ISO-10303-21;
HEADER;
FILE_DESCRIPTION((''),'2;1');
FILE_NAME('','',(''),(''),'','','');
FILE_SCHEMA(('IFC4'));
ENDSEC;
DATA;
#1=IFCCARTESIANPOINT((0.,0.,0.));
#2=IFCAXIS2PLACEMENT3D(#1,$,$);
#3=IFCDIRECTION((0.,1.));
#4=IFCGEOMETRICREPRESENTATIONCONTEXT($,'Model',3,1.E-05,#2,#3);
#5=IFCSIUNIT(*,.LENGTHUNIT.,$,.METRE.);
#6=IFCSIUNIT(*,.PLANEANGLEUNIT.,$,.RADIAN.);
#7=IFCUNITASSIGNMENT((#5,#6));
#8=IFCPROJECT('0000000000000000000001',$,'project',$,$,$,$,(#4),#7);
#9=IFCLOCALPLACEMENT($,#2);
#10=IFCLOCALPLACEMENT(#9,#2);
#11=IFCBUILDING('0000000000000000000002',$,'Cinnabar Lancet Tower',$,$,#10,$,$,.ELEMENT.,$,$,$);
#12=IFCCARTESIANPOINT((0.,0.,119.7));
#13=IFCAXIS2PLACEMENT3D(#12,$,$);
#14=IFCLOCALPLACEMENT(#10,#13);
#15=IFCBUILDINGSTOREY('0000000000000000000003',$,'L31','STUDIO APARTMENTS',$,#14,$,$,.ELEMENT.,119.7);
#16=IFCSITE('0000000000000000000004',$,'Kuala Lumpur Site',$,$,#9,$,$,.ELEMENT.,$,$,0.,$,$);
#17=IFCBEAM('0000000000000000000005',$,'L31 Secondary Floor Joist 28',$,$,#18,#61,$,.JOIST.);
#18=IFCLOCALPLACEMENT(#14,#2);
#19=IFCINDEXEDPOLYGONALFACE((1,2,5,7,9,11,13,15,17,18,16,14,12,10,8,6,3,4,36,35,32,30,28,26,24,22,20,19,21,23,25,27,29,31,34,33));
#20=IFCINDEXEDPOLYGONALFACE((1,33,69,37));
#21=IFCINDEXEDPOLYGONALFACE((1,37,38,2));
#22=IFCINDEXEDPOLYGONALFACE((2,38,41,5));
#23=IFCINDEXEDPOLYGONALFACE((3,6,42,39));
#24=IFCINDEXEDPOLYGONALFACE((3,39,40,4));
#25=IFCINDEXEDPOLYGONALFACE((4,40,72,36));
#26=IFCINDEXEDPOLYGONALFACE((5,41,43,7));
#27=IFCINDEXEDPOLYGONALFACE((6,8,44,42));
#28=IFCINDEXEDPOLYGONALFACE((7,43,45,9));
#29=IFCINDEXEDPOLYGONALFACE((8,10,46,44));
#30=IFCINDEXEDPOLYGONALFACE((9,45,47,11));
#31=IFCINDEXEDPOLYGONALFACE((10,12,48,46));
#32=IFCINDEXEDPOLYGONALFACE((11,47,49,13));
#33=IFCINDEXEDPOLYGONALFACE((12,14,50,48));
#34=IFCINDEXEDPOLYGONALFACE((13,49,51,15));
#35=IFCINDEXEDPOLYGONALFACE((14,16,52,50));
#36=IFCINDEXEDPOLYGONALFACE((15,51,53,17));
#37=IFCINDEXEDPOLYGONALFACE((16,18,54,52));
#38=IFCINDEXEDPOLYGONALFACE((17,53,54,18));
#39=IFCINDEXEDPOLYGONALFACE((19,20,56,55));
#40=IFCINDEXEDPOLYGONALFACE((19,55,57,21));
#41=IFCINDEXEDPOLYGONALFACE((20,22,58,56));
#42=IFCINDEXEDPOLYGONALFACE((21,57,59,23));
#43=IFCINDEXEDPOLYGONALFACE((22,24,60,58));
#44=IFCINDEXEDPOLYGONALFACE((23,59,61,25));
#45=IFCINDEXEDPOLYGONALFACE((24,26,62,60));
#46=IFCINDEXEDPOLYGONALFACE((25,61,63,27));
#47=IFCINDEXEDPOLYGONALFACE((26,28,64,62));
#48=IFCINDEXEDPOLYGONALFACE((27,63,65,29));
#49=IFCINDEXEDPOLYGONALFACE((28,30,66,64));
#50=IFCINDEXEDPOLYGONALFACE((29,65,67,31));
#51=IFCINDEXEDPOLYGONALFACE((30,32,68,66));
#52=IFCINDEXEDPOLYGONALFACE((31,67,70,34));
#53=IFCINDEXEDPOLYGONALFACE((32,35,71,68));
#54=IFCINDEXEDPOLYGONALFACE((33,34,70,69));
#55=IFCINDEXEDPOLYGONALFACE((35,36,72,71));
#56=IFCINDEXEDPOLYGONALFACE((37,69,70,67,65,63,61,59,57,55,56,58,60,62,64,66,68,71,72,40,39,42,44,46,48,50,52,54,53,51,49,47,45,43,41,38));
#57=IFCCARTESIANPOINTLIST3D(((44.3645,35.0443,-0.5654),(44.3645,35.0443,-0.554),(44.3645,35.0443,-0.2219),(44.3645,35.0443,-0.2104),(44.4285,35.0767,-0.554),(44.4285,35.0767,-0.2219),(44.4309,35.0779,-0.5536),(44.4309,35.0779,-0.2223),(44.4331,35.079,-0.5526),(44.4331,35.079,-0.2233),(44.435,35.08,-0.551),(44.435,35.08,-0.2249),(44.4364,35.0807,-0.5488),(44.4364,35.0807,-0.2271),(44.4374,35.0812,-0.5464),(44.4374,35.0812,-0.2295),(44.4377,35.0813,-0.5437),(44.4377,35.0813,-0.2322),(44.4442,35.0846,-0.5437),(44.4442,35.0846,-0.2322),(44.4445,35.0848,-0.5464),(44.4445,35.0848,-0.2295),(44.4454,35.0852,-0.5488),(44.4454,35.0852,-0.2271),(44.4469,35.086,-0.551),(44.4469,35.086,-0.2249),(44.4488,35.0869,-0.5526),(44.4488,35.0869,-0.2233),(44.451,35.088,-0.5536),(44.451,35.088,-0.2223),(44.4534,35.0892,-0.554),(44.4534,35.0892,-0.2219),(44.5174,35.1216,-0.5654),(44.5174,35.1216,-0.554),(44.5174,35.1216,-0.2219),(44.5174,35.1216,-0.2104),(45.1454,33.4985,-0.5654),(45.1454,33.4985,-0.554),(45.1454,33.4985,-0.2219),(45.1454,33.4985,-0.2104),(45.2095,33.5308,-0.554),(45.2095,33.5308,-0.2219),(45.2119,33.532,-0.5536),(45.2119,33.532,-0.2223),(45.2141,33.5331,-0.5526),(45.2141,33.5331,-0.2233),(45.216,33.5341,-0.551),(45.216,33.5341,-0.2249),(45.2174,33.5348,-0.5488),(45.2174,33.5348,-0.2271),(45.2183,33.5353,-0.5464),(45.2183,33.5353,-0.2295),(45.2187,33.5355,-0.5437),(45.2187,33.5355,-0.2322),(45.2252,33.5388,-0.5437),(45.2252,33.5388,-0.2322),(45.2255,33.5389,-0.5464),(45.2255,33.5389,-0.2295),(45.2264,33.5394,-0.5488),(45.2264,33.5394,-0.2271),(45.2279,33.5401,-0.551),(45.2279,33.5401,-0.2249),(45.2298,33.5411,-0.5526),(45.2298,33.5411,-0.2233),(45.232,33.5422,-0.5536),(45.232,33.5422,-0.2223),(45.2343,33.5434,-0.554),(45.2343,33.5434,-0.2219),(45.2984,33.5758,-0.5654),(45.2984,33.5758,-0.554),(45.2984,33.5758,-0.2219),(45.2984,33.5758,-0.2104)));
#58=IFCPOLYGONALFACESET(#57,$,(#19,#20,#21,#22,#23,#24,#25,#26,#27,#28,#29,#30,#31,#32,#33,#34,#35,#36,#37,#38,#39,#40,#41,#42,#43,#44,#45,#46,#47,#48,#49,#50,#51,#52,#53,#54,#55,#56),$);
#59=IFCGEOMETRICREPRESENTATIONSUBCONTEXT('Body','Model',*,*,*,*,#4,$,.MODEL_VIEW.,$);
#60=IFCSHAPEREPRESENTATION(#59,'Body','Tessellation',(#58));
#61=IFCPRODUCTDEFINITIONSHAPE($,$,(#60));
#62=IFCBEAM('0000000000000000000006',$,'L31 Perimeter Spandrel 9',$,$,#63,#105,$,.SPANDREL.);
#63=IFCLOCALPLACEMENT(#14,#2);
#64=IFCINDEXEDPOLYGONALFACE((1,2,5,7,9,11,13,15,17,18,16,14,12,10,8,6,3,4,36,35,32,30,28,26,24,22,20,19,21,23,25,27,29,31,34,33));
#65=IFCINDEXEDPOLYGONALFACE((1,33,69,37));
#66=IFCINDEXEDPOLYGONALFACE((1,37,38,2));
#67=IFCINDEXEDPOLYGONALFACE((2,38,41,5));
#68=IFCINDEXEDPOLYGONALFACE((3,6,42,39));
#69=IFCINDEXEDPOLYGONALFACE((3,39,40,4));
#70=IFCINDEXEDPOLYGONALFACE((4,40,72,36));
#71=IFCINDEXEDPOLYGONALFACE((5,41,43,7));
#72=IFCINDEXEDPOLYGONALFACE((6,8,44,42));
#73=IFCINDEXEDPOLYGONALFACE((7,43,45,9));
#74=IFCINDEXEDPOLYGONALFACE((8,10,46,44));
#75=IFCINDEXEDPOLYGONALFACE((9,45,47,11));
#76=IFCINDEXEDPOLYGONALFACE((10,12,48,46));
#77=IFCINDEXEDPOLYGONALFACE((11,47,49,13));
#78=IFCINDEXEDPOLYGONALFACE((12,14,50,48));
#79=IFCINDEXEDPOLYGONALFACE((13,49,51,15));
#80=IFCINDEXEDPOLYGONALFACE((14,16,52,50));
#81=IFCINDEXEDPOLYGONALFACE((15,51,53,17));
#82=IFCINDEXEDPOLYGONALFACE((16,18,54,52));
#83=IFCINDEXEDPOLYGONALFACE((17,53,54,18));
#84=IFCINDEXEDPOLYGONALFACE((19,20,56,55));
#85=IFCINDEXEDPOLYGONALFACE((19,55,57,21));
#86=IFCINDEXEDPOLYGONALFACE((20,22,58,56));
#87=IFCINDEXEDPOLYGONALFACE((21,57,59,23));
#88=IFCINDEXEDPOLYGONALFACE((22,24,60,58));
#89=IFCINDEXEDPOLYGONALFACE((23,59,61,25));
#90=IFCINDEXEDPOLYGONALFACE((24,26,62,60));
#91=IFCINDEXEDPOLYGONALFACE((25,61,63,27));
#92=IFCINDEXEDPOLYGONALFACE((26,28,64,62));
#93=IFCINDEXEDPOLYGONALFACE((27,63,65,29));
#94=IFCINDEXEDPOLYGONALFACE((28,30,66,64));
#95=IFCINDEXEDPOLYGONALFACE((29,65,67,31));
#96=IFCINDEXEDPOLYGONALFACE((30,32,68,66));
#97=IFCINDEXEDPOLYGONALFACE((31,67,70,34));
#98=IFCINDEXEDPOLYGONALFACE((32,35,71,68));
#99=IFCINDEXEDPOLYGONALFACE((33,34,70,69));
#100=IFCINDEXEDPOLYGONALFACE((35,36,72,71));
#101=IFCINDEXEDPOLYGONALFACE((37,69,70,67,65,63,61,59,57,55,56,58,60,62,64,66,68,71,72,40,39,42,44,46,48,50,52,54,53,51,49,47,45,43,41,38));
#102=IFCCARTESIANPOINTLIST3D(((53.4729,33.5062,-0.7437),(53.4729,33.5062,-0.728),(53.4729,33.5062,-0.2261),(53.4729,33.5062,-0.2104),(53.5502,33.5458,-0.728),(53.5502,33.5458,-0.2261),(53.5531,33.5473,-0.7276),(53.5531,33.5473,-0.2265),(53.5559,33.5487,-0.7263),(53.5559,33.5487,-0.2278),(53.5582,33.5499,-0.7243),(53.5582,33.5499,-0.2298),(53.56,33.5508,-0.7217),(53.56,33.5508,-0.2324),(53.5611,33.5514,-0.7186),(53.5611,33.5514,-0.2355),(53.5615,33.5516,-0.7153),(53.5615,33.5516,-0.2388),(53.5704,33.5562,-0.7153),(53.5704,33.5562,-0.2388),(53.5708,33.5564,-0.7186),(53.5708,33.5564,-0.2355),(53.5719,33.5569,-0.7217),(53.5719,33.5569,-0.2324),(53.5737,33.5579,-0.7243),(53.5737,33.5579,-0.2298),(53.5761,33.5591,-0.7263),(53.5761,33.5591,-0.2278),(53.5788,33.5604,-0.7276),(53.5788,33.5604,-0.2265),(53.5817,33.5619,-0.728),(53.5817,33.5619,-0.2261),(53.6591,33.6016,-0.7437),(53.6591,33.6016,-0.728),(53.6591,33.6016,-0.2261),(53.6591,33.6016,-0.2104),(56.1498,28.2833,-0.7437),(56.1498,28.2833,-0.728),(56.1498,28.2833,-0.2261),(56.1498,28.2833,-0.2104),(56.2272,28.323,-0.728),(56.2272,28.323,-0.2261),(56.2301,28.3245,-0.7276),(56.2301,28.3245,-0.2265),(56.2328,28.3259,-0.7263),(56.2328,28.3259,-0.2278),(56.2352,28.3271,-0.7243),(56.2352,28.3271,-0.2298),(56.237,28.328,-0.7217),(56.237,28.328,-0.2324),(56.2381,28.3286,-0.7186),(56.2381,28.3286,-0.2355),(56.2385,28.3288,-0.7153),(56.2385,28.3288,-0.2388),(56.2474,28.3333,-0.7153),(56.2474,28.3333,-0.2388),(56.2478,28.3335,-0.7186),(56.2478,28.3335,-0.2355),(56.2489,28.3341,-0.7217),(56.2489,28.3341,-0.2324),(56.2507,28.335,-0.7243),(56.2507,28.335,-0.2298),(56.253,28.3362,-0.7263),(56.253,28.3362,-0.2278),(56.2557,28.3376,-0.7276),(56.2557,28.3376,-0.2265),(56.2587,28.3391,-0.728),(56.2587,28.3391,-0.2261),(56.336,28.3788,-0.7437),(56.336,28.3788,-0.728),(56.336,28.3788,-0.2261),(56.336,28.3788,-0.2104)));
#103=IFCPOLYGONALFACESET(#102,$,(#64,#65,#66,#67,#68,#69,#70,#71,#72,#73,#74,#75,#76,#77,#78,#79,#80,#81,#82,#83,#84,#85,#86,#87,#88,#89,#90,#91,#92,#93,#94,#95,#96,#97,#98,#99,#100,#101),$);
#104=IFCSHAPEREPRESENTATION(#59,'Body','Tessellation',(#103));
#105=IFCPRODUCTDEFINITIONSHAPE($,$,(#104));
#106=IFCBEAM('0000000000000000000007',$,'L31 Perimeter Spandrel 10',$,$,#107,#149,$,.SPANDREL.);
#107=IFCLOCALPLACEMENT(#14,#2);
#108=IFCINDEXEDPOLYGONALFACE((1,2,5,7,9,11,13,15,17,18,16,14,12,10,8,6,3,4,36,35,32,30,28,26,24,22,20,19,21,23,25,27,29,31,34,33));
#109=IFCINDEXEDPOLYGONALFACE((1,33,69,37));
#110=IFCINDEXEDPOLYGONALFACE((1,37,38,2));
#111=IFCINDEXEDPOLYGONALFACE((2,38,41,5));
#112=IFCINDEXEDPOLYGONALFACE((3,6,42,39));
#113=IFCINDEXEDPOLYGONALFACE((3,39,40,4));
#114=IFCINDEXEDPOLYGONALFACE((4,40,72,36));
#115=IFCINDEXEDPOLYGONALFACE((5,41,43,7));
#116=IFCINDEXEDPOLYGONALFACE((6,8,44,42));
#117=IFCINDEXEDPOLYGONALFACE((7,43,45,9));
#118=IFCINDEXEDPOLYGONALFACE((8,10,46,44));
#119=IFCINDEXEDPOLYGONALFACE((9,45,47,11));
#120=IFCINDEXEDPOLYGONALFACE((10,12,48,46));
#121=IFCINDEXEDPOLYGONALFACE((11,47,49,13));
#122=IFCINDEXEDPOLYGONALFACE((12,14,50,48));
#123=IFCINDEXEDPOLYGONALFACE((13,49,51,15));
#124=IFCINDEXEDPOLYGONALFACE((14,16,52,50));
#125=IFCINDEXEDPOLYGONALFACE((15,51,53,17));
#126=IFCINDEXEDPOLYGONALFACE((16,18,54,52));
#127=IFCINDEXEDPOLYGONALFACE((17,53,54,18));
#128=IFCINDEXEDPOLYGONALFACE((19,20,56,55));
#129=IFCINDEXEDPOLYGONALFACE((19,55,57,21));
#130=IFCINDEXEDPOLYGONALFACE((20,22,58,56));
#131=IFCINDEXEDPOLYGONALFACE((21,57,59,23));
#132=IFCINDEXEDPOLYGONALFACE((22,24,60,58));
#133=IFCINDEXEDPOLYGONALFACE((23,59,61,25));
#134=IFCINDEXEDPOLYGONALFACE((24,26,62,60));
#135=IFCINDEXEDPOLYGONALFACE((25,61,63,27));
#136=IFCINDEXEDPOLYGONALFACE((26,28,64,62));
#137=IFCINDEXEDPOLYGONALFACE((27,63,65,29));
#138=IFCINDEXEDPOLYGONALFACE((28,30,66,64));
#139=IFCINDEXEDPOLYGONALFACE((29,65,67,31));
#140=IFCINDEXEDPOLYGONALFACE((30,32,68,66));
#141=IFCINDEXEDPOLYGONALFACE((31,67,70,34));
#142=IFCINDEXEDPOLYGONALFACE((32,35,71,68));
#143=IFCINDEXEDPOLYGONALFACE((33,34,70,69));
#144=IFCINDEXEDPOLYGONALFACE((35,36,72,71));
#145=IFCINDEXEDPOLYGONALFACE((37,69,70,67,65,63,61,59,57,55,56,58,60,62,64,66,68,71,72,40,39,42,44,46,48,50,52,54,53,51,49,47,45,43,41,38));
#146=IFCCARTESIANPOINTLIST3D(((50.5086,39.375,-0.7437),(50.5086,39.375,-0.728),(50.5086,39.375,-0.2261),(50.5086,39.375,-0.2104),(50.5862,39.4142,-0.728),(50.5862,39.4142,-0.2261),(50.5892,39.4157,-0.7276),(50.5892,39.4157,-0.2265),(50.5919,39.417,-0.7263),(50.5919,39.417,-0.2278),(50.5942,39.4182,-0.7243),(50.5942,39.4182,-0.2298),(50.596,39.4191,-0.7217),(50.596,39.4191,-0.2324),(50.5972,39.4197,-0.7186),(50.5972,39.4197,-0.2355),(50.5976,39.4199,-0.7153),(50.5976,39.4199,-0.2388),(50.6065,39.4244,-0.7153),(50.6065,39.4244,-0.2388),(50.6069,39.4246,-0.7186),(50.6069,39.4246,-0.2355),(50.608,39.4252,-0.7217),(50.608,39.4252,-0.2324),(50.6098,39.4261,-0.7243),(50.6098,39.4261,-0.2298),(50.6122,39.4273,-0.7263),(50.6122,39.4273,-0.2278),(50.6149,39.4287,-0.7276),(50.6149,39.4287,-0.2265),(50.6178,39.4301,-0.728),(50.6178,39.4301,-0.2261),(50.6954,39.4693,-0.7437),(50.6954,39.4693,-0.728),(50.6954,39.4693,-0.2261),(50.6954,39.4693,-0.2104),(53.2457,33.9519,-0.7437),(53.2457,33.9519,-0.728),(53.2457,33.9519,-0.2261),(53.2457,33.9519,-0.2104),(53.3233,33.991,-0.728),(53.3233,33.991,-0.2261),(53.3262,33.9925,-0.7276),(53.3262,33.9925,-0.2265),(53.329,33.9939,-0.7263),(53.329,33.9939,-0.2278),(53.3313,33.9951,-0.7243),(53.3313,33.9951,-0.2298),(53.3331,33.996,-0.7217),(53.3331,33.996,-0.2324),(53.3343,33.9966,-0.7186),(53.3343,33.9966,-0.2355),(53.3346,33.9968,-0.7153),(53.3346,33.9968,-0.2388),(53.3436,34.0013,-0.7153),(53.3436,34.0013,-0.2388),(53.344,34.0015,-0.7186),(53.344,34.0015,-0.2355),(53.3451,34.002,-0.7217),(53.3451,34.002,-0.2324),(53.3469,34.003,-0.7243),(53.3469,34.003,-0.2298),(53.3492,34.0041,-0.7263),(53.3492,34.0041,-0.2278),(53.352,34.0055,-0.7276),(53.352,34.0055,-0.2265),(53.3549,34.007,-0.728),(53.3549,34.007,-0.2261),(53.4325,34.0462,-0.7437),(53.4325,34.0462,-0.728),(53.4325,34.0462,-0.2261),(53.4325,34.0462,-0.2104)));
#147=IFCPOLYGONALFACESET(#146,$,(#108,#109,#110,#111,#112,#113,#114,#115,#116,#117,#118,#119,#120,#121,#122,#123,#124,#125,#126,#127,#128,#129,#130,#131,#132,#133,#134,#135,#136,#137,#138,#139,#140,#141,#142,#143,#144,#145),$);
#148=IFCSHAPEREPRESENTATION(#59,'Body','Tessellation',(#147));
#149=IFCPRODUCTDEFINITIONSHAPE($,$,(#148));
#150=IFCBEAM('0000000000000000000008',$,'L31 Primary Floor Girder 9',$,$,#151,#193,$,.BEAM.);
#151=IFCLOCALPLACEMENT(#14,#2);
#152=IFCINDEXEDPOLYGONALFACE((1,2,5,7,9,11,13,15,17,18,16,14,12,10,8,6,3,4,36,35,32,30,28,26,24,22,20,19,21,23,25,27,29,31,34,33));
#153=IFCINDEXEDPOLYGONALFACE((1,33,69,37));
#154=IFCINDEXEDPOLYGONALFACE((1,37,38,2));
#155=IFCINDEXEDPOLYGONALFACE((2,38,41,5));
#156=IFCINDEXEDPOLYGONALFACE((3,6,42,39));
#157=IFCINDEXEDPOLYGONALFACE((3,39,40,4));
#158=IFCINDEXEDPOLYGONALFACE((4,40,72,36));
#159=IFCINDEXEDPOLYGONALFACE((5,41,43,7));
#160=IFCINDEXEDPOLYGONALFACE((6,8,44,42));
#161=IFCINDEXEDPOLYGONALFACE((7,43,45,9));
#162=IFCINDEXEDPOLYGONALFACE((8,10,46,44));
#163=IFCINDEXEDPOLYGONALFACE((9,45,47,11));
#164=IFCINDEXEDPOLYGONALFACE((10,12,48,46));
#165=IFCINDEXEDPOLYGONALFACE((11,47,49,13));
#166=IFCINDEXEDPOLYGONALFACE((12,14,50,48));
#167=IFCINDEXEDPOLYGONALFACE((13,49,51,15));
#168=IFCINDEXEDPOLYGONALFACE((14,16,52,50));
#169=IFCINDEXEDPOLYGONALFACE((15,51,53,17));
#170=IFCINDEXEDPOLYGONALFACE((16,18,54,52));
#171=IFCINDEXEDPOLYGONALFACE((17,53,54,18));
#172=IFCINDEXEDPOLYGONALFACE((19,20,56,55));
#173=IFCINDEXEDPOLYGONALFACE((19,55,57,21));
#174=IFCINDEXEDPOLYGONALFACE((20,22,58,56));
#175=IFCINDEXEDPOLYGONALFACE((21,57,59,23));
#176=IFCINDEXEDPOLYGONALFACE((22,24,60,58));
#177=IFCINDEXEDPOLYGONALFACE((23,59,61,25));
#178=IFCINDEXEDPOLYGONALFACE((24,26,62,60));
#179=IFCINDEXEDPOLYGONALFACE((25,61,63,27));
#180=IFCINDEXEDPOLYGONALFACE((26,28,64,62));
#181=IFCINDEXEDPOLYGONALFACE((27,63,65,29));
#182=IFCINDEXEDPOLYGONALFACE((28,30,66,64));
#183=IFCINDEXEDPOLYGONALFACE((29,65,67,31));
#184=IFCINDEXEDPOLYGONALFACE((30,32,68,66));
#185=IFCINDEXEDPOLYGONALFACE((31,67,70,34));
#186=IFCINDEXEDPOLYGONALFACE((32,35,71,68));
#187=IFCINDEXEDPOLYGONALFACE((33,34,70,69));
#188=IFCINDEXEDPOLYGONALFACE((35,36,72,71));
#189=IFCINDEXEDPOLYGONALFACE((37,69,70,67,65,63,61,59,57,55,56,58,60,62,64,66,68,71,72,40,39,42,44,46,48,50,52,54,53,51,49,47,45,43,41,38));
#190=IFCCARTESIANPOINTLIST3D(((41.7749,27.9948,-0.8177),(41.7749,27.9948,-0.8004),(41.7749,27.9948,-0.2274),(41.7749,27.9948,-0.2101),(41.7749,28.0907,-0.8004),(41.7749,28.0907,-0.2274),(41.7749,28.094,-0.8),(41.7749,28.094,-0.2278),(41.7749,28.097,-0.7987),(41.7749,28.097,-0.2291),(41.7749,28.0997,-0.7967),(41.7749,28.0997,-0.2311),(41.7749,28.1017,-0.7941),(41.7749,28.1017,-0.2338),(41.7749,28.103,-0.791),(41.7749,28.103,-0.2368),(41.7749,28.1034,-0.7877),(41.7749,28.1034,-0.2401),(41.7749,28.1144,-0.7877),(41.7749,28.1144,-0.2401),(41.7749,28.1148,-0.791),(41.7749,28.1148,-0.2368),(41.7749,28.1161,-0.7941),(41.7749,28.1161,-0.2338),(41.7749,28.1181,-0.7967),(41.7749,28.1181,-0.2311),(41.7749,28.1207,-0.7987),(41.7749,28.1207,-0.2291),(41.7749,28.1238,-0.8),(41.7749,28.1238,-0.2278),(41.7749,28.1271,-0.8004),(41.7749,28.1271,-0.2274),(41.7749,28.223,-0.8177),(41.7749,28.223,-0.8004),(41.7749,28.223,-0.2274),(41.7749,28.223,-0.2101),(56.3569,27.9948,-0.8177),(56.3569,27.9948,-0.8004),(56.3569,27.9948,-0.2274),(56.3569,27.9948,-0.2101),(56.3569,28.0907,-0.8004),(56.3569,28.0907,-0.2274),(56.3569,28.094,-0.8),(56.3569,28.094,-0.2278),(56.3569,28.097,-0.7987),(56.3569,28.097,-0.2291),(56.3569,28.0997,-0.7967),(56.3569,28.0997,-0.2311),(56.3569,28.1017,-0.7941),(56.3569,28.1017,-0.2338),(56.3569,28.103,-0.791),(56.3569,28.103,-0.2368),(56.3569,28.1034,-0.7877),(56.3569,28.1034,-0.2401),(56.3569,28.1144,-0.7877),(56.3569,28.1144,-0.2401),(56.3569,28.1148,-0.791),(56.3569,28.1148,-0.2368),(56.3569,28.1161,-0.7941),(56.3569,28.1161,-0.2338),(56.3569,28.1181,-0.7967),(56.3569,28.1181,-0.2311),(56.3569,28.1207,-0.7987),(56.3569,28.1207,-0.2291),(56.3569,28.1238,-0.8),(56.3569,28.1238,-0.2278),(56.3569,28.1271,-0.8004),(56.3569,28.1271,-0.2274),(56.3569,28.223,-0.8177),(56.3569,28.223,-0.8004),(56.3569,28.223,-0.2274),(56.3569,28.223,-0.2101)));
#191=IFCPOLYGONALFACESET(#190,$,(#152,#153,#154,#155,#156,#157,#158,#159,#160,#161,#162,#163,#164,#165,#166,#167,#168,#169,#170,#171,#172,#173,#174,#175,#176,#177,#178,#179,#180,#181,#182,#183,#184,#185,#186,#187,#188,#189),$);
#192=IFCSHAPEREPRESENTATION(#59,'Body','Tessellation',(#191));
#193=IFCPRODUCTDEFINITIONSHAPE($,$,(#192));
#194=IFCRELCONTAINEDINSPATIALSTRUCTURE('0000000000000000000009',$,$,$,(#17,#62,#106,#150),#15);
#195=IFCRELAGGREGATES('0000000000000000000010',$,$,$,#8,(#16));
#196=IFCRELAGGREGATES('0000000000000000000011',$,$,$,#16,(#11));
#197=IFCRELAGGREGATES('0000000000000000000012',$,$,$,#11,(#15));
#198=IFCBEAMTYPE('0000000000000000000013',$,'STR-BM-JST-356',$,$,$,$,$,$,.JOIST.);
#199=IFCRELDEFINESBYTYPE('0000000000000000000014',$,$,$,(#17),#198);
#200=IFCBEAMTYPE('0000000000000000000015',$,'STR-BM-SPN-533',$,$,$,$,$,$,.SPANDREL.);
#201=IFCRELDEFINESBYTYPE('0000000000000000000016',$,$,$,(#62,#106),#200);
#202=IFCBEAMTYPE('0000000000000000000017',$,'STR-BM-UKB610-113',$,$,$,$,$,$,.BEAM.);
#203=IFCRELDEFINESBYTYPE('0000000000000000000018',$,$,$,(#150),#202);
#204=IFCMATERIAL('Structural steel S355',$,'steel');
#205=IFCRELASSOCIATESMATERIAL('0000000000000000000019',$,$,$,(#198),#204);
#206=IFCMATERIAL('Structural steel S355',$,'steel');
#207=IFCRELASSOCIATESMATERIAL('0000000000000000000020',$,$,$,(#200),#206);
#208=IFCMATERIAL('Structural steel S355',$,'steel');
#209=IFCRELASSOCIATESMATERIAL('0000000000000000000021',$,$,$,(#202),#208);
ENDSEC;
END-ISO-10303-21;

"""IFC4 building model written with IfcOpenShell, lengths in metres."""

from ifc_helpers import new_model, si_unit, direction, frame, origin, origin_2d, place, context, subcontext, project, spatial, i_section, extrude, material, material_profile, profile_set, type_object, element, save


model = new_model("IFC4")

# Units and contexts
model_context = context("Model", 3, precision=1e-05, world=origin(), true_north=direction((0.0, 1.0)))
body_context = subcontext(model_context, "Body", "Model", "MODEL_VIEW")
ifc_project = project(units=[si_unit("LENGTHUNIT", "METRE"), si_unit("PLANEANGLEUNIT", "RADIAN")], contexts=[model_context])

# Site, building, storey
site_placement = place(None, origin())
site = spatial("IfcSite", under=ifc_project, at=site_placement, Name="Kuala Lumpur Site", CompositionType="ELEMENT", RefElevation=0.0)
building_placement = place(site_placement, origin())
building = spatial("IfcBuilding", under=site, at=building_placement, Name="Cinnabar Lancet Tower", CompositionType="ELEMENT")
storey_placement = place(building_placement, frame((0.0, 0.0, 119.7)))
storey = spatial("IfcBuildingStorey", under=building, at=storey_placement, Name="L31", Description="STUDIO APARTMENTS", CompositionType="ELEMENT", Elevation=119.7)

# Beams
ifc_material_1 = material(Name="Structural steel S355", Category="steel")
ifc_material_profile_1 = material_profile(ifc_material_1, i_section(OverallWidth=0.1714, OverallDepth=0.355, WebThickness=0.0073, FlangeThickness=0.0115, FilletRadius=0.0103, at=origin_2d()), Name="UKB 356x171x51")
ifc_profile_set_1 = profile_set([ifc_material_profile_1], Name="Structural steel S355")
beam_type_1 = type_object("IfcBeamType", Name="STR-BM-JST-356", PredefinedType="JOIST", material=ifc_profile_set_1)
beam_1_placement = place(storey_placement, frame((45.2219, 33.5371, -0.3879), z_axis=(-0.450931, 0.892559, 0.0), x_axis=(-0.892559, -0.450931, 0.0)))
element("IfcBeam", 1, at=beam_1_placement, inside=storey, type_object=beam_type_1, Name="L31 Secondary Floor Joist 28", PredefinedType="JOIST", context=body_context, shape_type="SweptSolid", body=[
    extrude(i_section(OverallWidth=0.1714, OverallDepth=0.355, WebThickness=0.0073, FlangeThickness=0.0115, FilletRadius=0.0103, at=origin_2d()), origin(), (0.0, 0.0, 1.0), 1.7319),
])
ifc_material_2 = material(Name="Structural steel S355", Category="steel")
ifc_material_profile_2 = material_profile(ifc_material_2, i_section(OverallWidth=0.2092, OverallDepth=0.5332, WebThickness=0.01, FlangeThickness=0.0156, FilletRadius=0.0127, at=origin_2d()), Name="UKB 533x210x92")
ifc_profile_set_2 = profile_set([ifc_material_profile_2], Name="Structural steel S355")
beam_type_2 = type_object("IfcBeamType", Name="STR-BM-SPN-533", PredefinedType="SPANDREL", material=ifc_profile_set_2)
beam_2_placement = place(storey_placement, frame((56.2429, 28.3311, -0.4771), z_axis=(-0.456127, 0.889915, 0.0), x_axis=(-0.889915, -0.456127, 0.0)))
element("IfcBeam", 2, at=beam_2_placement, inside=storey, type_object=beam_type_2, Name="L31 Perimeter Spandrel 9", PredefinedType="SPANDREL", context=body_context, shape_type="SweptSolid", body=[
    extrude(i_section(OverallWidth=0.2092, OverallDepth=0.5332, WebThickness=0.01, FlangeThickness=0.0156, FilletRadius=0.0127, at=origin_2d()), origin(), (0.0, 0.0, 1.0), 5.8689),
])
beam_3_placement = place(storey_placement, frame((53.3391, 33.999, -0.4771), z_axis=(-0.45057, 0.892741, 0.0), x_axis=(-0.892741, -0.45057, 0.0)))
element("IfcBeam", 3, at=beam_3_placement, inside=storey, type_object=beam_type_2, Name="L31 Perimeter Spandrel 10", PredefinedType="SPANDREL", context=body_context, shape_type="SweptSolid", body=[
    extrude(i_section(OverallWidth=0.2092, OverallDepth=0.5332, WebThickness=0.01, FlangeThickness=0.0156, FilletRadius=0.0127, at=origin_2d()), origin(), (0.0, 0.0, 1.0), 6.0747),
])
ifc_material_3 = material(Name="Structural steel S355", Category="steel")
ifc_material_profile_3 = material_profile(ifc_material_3, i_section(OverallWidth=0.2283, OverallDepth=0.6077, WebThickness=0.011, FlangeThickness=0.0173, FilletRadius=0.0127, at=origin_2d()), Name="UKB 610x229x113")
ifc_profile_set_3 = profile_set([ifc_material_profile_3], Name="Structural steel S355")
beam_type_3 = type_object("IfcBeamType", Name="STR-BM-UKB610-113", PredefinedType="BEAM", material=ifc_profile_set_3)
beam_4_placement = place(storey_placement, frame((56.3569, 28.1089, -0.5139), z_axis=(-1.0, 0.0, 0.0), x_axis=(0.0, -1.0, 0.0)))
element("IfcBeam", 4, at=beam_4_placement, inside=storey, type_object=beam_type_3, Name="L31 Primary Floor Girder 9", PredefinedType="BEAM", context=body_context, shape_type="SweptSolid", body=[
    extrude(i_section(OverallWidth=0.2283, OverallDepth=0.6077, WebThickness=0.011, FlangeThickness=0.0173, FilletRadius=0.0127, at=origin_2d()), origin(), (0.0, 0.0, 1.0), 14.582),
])

save(model, "model.ifc")
